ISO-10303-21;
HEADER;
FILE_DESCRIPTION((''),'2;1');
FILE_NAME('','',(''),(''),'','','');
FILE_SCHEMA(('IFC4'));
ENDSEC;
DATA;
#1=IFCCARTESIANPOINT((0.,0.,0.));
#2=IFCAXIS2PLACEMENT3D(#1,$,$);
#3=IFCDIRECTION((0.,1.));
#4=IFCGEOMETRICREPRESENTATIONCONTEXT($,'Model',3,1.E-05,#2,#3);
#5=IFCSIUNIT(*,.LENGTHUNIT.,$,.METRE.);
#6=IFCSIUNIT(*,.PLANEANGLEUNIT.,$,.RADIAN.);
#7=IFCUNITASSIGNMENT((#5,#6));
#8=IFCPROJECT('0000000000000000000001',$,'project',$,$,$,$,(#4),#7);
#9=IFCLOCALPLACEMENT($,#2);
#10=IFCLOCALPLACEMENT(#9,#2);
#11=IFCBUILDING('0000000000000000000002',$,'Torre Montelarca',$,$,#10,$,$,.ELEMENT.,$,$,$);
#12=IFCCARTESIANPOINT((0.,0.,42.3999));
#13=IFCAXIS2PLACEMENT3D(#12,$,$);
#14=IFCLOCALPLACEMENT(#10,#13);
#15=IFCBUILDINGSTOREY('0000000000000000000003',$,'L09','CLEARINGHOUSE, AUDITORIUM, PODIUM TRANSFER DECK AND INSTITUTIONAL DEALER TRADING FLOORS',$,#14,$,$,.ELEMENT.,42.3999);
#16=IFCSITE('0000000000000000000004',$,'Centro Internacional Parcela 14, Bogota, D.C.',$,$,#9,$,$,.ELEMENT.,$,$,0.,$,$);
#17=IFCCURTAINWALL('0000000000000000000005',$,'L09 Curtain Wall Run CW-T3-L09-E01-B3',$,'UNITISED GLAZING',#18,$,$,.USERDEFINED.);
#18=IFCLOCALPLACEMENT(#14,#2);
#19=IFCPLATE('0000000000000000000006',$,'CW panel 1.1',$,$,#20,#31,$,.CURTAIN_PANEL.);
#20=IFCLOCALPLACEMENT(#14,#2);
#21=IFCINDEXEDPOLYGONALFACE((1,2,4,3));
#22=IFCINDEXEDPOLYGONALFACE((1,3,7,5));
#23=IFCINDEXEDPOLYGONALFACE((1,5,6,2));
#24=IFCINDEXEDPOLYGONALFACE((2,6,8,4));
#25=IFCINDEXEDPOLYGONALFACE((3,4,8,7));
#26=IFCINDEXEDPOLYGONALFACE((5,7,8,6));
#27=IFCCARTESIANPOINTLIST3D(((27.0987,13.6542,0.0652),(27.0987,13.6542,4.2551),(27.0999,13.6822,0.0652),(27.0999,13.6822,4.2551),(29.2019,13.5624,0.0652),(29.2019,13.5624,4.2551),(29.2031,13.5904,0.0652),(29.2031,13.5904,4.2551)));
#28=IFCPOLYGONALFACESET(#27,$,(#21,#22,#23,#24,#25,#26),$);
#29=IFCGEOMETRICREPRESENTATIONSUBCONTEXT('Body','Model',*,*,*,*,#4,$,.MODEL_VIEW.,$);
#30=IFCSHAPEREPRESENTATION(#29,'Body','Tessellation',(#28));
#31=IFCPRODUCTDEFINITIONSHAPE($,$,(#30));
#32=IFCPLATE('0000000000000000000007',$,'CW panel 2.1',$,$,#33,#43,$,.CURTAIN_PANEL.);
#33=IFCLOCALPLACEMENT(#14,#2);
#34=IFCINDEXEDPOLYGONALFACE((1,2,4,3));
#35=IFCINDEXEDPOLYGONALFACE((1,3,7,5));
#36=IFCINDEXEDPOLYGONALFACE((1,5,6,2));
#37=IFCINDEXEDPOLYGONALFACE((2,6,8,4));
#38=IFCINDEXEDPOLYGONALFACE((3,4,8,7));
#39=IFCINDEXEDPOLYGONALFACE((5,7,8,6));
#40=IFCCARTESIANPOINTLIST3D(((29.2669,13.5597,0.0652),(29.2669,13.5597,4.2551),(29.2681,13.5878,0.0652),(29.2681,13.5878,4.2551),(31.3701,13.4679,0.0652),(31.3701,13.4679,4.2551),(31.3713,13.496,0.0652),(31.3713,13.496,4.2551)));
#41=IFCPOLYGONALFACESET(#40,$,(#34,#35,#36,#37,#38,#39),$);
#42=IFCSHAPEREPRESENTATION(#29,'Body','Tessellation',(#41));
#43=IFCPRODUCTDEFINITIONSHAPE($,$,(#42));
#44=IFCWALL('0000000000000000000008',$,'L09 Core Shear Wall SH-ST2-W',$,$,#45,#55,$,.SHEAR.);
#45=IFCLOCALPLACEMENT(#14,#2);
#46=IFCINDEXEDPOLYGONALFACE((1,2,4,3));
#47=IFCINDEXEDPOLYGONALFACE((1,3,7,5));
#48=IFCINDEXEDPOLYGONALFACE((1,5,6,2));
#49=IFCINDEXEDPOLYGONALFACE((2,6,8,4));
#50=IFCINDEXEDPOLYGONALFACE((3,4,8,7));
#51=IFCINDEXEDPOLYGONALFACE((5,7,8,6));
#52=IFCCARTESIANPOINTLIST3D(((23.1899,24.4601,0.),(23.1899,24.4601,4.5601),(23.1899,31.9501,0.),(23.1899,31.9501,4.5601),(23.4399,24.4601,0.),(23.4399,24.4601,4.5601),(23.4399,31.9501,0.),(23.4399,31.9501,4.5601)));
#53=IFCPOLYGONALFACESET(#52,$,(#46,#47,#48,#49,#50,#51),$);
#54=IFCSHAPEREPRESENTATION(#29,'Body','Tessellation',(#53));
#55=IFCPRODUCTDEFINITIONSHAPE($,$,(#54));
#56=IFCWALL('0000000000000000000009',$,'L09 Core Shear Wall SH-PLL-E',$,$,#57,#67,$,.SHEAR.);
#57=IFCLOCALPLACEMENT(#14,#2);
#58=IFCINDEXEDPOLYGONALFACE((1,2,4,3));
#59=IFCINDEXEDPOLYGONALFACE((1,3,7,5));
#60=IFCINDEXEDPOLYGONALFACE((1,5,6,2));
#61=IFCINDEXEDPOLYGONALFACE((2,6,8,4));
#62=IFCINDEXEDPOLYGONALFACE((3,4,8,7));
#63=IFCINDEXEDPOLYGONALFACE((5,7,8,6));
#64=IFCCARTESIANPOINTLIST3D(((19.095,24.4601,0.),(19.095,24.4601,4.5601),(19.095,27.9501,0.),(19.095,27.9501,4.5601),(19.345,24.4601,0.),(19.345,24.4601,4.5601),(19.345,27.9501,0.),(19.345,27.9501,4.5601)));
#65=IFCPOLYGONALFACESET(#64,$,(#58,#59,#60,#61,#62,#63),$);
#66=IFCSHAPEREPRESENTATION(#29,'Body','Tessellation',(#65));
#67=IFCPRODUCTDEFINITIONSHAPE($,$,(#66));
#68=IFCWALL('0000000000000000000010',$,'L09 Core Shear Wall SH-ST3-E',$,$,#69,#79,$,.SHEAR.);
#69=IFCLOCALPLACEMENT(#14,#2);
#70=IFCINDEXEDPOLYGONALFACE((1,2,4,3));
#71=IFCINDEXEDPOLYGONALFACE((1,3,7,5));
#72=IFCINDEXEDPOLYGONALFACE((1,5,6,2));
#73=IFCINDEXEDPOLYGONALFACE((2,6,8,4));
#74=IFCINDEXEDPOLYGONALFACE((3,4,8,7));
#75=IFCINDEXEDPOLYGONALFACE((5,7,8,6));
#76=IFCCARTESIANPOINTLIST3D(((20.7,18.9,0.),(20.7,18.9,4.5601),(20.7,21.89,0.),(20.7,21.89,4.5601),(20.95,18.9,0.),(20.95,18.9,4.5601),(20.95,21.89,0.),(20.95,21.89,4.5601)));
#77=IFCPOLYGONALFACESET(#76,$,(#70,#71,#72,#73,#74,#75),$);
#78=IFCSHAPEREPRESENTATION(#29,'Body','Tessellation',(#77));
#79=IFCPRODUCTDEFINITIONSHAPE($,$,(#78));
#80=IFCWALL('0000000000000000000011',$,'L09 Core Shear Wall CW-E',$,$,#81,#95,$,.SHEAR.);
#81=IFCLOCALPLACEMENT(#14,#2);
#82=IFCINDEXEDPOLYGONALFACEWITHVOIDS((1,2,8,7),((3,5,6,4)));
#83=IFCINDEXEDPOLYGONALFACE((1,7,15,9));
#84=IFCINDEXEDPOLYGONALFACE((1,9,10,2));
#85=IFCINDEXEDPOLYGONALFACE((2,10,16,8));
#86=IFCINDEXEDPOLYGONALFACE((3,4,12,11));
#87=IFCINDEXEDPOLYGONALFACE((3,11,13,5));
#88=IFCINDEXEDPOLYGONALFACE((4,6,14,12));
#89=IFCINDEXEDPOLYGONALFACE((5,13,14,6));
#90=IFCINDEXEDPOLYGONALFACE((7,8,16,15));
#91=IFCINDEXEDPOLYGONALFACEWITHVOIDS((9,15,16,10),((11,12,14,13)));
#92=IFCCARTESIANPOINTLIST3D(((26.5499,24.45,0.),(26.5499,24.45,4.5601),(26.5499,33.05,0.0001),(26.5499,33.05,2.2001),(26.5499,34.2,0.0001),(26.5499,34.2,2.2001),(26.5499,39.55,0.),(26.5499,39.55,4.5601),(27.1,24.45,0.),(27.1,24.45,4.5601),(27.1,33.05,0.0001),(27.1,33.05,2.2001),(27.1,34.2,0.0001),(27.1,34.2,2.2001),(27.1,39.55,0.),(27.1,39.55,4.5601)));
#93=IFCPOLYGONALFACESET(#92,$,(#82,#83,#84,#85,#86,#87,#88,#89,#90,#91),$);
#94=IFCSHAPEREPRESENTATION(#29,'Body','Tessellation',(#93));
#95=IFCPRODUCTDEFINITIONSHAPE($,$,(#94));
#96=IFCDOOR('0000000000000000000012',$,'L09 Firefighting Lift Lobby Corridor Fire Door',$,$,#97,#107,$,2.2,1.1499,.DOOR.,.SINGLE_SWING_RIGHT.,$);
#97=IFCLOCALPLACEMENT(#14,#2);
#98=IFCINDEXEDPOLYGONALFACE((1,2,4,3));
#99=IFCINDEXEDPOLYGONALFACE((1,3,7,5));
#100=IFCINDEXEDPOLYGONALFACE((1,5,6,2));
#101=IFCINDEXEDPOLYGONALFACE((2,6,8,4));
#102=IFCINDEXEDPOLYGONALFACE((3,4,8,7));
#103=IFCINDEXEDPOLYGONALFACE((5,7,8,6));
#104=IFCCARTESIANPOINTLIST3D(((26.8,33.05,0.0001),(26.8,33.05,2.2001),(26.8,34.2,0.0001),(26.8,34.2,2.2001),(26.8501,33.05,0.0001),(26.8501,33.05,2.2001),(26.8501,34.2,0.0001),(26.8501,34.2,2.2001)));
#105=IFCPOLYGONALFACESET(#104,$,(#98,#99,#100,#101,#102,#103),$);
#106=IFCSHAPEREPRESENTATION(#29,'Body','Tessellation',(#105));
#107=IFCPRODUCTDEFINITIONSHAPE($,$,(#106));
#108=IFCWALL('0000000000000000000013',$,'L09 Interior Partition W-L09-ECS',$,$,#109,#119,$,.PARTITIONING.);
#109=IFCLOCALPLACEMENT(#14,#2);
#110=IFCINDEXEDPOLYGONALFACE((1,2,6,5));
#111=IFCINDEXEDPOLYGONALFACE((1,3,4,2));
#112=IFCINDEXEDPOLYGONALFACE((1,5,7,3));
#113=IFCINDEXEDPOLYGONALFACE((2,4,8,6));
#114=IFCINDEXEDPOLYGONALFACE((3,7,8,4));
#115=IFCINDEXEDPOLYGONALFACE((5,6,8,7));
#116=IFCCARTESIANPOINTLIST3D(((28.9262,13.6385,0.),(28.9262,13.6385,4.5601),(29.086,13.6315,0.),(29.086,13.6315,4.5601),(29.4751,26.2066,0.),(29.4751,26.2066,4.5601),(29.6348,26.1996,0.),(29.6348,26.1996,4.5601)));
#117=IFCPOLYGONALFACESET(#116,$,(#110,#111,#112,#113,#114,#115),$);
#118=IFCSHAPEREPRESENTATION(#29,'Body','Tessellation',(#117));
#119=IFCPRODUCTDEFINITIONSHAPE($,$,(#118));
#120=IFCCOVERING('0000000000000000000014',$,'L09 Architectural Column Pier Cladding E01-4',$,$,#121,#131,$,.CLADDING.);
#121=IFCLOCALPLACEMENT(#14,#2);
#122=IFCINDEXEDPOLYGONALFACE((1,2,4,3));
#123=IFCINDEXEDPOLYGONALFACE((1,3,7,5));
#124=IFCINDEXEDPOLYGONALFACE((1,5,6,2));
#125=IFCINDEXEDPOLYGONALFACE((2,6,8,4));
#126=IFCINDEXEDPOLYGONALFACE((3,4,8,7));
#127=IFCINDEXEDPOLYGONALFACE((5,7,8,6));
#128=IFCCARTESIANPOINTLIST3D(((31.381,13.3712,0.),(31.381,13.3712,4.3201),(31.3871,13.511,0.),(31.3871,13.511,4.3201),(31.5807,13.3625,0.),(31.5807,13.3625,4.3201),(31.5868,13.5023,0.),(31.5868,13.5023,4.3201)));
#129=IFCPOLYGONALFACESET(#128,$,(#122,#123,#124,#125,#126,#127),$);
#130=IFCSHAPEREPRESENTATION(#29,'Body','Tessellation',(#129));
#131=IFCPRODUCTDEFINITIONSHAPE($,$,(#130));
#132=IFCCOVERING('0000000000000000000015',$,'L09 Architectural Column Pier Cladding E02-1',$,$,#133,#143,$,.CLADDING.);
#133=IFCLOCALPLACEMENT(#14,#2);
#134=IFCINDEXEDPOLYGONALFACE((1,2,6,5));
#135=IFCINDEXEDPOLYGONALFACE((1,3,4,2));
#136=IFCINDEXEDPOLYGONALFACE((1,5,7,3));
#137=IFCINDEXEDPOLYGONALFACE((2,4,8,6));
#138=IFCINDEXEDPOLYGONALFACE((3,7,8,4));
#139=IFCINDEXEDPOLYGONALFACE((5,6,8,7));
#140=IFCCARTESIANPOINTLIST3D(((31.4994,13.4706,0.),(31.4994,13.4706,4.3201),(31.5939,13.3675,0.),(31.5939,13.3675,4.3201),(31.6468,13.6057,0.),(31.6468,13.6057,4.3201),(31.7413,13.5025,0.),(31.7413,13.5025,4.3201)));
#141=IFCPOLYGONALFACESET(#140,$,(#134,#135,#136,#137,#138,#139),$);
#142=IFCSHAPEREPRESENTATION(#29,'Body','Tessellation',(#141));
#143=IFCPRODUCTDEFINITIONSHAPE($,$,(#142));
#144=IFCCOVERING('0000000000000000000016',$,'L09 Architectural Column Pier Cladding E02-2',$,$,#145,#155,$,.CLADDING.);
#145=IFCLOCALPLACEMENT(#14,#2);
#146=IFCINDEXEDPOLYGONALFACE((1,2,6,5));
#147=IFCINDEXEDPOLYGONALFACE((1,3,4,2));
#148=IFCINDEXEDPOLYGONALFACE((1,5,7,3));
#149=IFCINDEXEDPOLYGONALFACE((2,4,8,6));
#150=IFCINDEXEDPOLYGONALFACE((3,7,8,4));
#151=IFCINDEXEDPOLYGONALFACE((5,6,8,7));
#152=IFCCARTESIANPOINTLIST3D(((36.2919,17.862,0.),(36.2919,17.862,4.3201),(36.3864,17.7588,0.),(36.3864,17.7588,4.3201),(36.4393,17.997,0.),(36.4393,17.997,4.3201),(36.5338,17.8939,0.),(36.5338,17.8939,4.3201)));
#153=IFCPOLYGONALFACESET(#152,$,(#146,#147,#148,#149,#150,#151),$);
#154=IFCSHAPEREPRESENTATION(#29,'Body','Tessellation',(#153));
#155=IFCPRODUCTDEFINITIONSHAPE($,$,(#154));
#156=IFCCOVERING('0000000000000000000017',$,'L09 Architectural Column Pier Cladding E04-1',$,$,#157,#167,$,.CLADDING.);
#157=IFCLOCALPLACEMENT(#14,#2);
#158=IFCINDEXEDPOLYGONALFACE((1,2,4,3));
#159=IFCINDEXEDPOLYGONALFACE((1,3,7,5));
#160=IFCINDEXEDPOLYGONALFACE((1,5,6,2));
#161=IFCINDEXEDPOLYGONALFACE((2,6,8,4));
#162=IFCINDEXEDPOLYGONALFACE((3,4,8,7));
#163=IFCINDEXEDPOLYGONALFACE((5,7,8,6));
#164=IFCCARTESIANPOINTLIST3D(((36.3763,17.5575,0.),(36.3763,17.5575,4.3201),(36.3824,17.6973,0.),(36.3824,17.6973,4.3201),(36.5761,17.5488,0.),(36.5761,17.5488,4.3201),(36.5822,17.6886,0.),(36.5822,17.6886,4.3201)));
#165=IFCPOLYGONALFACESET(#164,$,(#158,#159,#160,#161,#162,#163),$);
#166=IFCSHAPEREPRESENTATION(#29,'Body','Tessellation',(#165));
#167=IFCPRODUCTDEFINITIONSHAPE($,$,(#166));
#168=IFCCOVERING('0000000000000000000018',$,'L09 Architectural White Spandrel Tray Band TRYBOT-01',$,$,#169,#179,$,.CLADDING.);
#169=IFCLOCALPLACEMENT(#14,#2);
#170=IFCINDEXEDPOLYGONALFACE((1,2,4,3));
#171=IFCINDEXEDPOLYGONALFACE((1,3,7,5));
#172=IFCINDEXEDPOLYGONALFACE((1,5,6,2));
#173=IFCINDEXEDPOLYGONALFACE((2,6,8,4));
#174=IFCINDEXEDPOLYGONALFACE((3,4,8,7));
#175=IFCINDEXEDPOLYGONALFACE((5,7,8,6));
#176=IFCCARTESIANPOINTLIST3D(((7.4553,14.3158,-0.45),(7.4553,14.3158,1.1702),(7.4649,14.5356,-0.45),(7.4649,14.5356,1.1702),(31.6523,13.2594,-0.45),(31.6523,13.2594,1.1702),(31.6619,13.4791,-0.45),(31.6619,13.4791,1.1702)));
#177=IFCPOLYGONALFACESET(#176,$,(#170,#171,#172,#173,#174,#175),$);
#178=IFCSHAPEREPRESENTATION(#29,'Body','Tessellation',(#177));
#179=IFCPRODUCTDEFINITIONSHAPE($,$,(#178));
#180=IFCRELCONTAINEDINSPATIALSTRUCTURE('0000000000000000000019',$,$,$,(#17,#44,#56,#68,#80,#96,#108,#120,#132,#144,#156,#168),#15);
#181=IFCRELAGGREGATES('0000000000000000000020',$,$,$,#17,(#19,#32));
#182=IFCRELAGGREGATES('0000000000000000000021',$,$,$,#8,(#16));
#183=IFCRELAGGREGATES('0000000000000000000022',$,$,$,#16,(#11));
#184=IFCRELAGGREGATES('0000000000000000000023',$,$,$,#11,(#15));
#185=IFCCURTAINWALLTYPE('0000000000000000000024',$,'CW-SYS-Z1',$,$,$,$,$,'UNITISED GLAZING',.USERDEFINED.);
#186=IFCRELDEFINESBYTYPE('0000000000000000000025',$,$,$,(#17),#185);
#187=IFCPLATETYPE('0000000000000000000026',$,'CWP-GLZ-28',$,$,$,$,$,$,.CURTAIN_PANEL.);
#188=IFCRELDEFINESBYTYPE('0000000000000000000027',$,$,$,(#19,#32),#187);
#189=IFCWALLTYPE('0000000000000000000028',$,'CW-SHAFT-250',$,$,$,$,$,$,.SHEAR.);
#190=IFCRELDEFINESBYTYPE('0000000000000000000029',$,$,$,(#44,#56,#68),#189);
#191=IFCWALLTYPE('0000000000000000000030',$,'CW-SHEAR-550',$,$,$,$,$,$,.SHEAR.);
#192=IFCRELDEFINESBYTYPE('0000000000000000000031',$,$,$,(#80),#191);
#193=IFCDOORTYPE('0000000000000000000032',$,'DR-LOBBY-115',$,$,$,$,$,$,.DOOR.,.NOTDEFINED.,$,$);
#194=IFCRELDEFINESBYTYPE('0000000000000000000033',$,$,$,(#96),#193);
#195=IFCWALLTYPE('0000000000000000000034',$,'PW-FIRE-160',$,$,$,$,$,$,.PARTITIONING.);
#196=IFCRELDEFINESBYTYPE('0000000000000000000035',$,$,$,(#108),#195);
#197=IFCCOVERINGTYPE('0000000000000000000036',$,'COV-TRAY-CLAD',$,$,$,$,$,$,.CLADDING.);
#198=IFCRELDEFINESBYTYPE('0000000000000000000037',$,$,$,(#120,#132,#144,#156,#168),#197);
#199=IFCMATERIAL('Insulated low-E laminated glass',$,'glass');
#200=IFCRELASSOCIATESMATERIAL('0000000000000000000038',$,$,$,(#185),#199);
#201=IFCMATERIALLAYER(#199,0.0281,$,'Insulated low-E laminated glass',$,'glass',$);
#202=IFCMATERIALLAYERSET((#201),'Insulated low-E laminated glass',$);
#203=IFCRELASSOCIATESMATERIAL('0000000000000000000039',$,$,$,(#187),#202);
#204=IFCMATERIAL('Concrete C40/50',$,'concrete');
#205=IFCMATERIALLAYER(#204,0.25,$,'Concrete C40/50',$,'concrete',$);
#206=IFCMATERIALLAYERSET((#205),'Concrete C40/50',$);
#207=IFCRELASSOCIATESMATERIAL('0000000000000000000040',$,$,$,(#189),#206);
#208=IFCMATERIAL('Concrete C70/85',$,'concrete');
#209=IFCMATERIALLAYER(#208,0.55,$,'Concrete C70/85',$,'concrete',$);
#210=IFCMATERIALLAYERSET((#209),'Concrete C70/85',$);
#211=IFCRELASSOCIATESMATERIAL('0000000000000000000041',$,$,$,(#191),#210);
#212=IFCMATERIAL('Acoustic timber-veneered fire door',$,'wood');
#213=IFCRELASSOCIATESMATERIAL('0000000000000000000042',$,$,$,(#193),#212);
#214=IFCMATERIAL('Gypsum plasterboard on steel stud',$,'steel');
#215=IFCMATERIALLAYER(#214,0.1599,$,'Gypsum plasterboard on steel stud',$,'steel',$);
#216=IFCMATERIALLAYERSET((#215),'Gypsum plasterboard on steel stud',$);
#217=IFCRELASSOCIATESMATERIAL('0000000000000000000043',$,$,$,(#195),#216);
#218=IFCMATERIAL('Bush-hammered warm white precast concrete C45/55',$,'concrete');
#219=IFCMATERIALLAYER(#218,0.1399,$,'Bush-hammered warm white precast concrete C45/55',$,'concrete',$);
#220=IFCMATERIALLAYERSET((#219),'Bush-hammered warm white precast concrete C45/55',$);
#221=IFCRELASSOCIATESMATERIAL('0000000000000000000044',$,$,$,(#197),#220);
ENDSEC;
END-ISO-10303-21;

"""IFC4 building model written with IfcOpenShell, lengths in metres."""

from ifc_helpers import new_model, si_unit, direction, frame, frame_2d, origin, origin_2d, place, context, subcontext, project, spatial, rectangle, extrude, source, transform, mapped, material, layer, layer_set, type_object, element, fill, aggregate, save


model = new_model("IFC4")

# Units and contexts
model_context = context("Model", 3, precision=1e-05, world=origin(), true_north=direction((0.0, 1.0)))
body_context = subcontext(model_context, "Body", "Model", "MODEL_VIEW")
ifc_project = project(units=[si_unit("LENGTHUNIT", "METRE"), si_unit("PLANEANGLEUNIT", "RADIAN")], contexts=[model_context])

# Site, building, storey
site_placement = place(None, origin())
site = spatial("IfcSite", under=ifc_project, at=site_placement, Name="Centro Internacional Parcela 14, Bogota, D.C.", CompositionType="ELEMENT", RefElevation=0.0)
building_placement = place(site_placement, origin())
building = spatial("IfcBuilding", under=site, at=building_placement, Name="Torre Montelarca", CompositionType="ELEMENT")
storey_placement = place(building_placement, frame((0.0, 0.0, 42.3999)))
storey = spatial("IfcBuildingStorey", under=building, at=storey_placement, Name="L09", Description="CLEARINGHOUSE, AUDITORIUM, PODIUM TRANSFER DECK AND INSTITUTIONAL DEALER TRADING FLOORS", CompositionType="ELEMENT", Elevation=42.3999)

# Shared definitions
ifc_material_1 = material(Name="Concrete C70/85", Category="concrete")

# Curtain wall
ifc_material_2 = material(Name="Insulated low-E laminated glass", Category="glass")
curtain_wall_type = type_object("IfcCurtainWallType", Name="CW-SYS-Z1", ElementType="UNITISED GLAZING", PredefinedType="USERDEFINED", material=ifc_material_2)
curtain_wall_1_placement = place(storey_placement, origin())
curtain_wall_1 = element("IfcCurtainWall", 1, at=curtain_wall_1_placement, inside=storey, type_object=curtain_wall_type, Name="L09 Curtain Wall Run CW-T3-L09-E01-B3", ObjectType="UNITISED GLAZING", PredefinedType="USERDEFINED")

# Plates
ifc_layer_1 = layer(ifc_material_2, 0.0281, Name="Insulated low-E laminated glass", Category="glass")
ifc_layer_set_1 = layer_set([ifc_layer_1], Name="Insulated low-E laminated glass")
plate_type = type_object("IfcPlateType", Name="CWP-GLZ-28", PredefinedType="CURTAIN_PANEL", material=ifc_layer_set_1)
shared_shape_1 = source(origin(), body_context, "Body", "SweptSolid", [
    extrude(rectangle(XDim=2.1052, YDim=0.0281, at=origin_2d()), origin(), (0.0, 0.0, 1.0), 4.1899),
])
plate_1_placement = place(storey_placement, frame((28.1509, 13.6223, 0.0652), z_axis=(0.0, 0.0, 1.0), x_axis=(0.999049, -0.043603, 0.0)))
plate_1 = element("IfcPlate", 2, at=plate_1_placement, type_object=plate_type, Name="CW panel 1.1", PredefinedType="CURTAIN_PANEL", context=body_context, shape_type="MappedRepresentation", body=[
    mapped(shared_shape_1, transform((0.0, 0.0, 0.0), scale=1.0)),
])
plate_2_placement = place(storey_placement, frame((30.3191, 13.5278, 0.0652), z_axis=(0.0, 0.0, 1.0), x_axis=(0.999049, -0.043603, 0.0)))
plate_2 = element("IfcPlate", 3, at=plate_2_placement, type_object=plate_type, Name="CW panel 2.1", PredefinedType="CURTAIN_PANEL", context=body_context, shape_type="MappedRepresentation", body=[
    mapped(shared_shape_1, transform((0.0, 0.0, 0.0), scale=1.0)),
])
aggregate(curtain_wall_1, [plate_1, plate_2])

# Walls
ifc_material_3 = material(Name="Concrete C40/50", Category="concrete")
ifc_layer_2 = layer(ifc_material_3, 0.25, Name="Concrete C40/50", Category="concrete")
ifc_layer_set_2 = layer_set([ifc_layer_2], Name="Concrete C40/50")
wall_type_1 = type_object("IfcWallType", Name="CW-SHAFT-250", PredefinedType="SHEAR", material=ifc_layer_set_2)
wall_1_placement = place(storey_placement, frame((23.3149, 24.46, 0.0), z_axis=(0.0, 0.0, 1.0), x_axis=(0.0, 1.0, 0.0)))
element("IfcWall", 4, at=wall_1_placement, inside=storey, type_object=wall_type_1, Name="L09 Core Shear Wall SH-ST2-W", PredefinedType="SHEAR", context=body_context, shape_type="SweptSolid", body=[
    extrude(rectangle(XDim=7.49, YDim=0.25, at=frame_2d((3.7451, 0.0))), origin(), (0.0, 0.0, 1.0), 4.5601),
])
wall_2_placement = place(storey_placement, frame((19.22, 24.46, 0.0), z_axis=(0.0, 0.0, 1.0), x_axis=(0.0, 1.0, 0.0)))
element("IfcWall", 5, at=wall_2_placement, inside=storey, type_object=wall_type_1, Name="L09 Core Shear Wall SH-PLL-E", PredefinedType="SHEAR", context=body_context, shape_type="SweptSolid", body=[
    extrude(rectangle(XDim=3.49, YDim=0.25, at=frame_2d((1.7451, 0.0))), origin(), (0.0, 0.0, 1.0), 4.5601),
])
wall_3_placement = place(storey_placement, frame((20.825, 18.8999, 0.0), z_axis=(0.0, 0.0, 1.0), x_axis=(0.0, 1.0, 0.0)))
element("IfcWall", 6, at=wall_3_placement, inside=storey, type_object=wall_type_1, Name="L09 Core Shear Wall SH-ST3-E", PredefinedType="SHEAR", context=body_context, shape_type="SweptSolid", body=[
    extrude(rectangle(XDim=2.99, YDim=0.25, at=frame_2d((1.4951, 0.0))), origin(), (0.0, 0.0, 1.0), 4.5601),
])

# Wall, opening, door
ifc_layer_3 = layer(ifc_material_1, 0.55, Name="Concrete C70/85", Category="concrete")
ifc_layer_set_3 = layer_set([ifc_layer_3], Name="Concrete C70/85")
wall_type_2 = type_object("IfcWallType", Name="CW-SHEAR-550", PredefinedType="SHEAR", material=ifc_layer_set_3)
wall_4_placement = place(storey_placement, frame((26.825, 24.45, 0.0), z_axis=(0.0, 0.0, 1.0), x_axis=(0.0, 1.0, 0.0)))
wall_4 = element("IfcWall", 7, at=wall_4_placement, inside=storey, type_object=wall_type_2, Name="L09 Core Shear Wall CW-E", PredefinedType="SHEAR", context=body_context, shape_type="SweptSolid", body=[
    extrude(rectangle(XDim=15.1001, YDim=0.55, at=frame_2d((7.55, 0.0))), origin(), (0.0, 0.0, 1.0), 4.5601),
])
opening_placement = place(wall_4_placement, frame((8.6001, 0.0, 0.0)))
opening = element("IfcOpeningElement", 8, at=opening_placement, cuts=wall_4, PredefinedType="OPENING", context=body_context, shape_type="SweptSolid", body=[
    extrude(rectangle(XDim=1.1499, YDim=2.2, at=frame_2d((0.575, 1.1001))), frame((0.0, 0.2852, 0.0), z_axis=(0.0, -1.0, 0.0), x_axis=(1.0, 0.0, 0.0)), (0.0, 0.0, 1.0), 0.5701),
])
ifc_material_4 = material(Name="Acoustic timber-veneered fire door", Category="wood")
door_type = type_object("IfcDoorType", Name="DR-LOBBY-115", OperationType="NOTDEFINED", PredefinedType="DOOR", material=ifc_material_4)
shared_shape_2 = source(origin(), body_context, "Body", "SweptSolid", [
    extrude(rectangle(XDim=1.1499, YDim=2.2, at=frame_2d((0.575, 1.1001))), frame((0.0, 0.0249, 0.0), z_axis=(0.0, -1.0, 0.0), x_axis=(1.0, 0.0, 0.0)), (0.0, 0.0, 1.0), 0.05),
])
door_placement = place(opening_placement, origin())
door = element("IfcDoor", 9, at=door_placement, inside=storey, type_object=door_type, Name="L09 Firefighting Lift Lobby Corridor Fire Door", OperationType="SINGLE_SWING_RIGHT", OverallHeight=2.2, OverallWidth=1.1499, PredefinedType="DOOR", context=body_context, shape_type="MappedRepresentation", body=[
    mapped(shared_shape_2, transform((0.0, 0.0, 0.0), scale=1.0)),
])
fill(opening, door)

# Wall
ifc_material_5 = material(Name="Gypsum plasterboard on steel stud", Category="steel")
ifc_layer_4 = layer(ifc_material_5, 0.1599, Name="Gypsum plasterboard on steel stud", Category="steel")
ifc_layer_set_4 = layer_set([ifc_layer_4], Name="Gypsum plasterboard on steel stud")
wall_type_3 = type_object("IfcWallType", Name="PW-FIRE-160", PredefinedType="PARTITIONING", material=ifc_layer_set_4)
wall_5_placement = place(storey_placement, frame((29.0061, 13.635, 0.0), z_axis=(0.0, 0.0, 1.0), x_axis=(0.043627, 0.999048, 0.0)))
element("IfcWall", 10, at=wall_5_placement, inside=storey, type_object=wall_type_3, Name="L09 Interior Partition W-L09-ECS", PredefinedType="PARTITIONING", context=body_context, shape_type="SweptSolid", body=[
    extrude(rectangle(XDim=12.5801, YDim=0.1599, at=frame_2d((6.29, 0.0))), origin(), (0.0, 0.0, 1.0), 4.5601),
])

# Coverings
ifc_material_6 = material(Name="Bush-hammered warm white precast concrete C45/55", Category="concrete")
ifc_layer_5 = layer(ifc_material_6, 0.1399, Name="Bush-hammered warm white precast concrete C45/55", Category="concrete")
ifc_layer_set_5 = layer_set([ifc_layer_5], Name="Bush-hammered warm white precast concrete C45/55")
covering_type = type_object("IfcCoveringType", Name="COV-TRAY-CLAD", PredefinedType="CLADDING", material=ifc_layer_set_5)
shared_shape_3 = source(origin(), body_context, "Body", "SweptSolid", [
    extrude(rectangle(XDim=0.2, YDim=0.1399, at=origin_2d()), origin(), (0.0, 0.0, 1.0), 4.3201),
])
for number, where, z_axis, x_axis, name in (
    (11, (31.4839, 13.4368, 0.0), (0.0, 0.0, 1.0), (0.999048, -0.043619, 0.0), "L09 Architectural Column Pier Cladding E01-4"),
    (12, (31.6204, 13.4866, 0.0), (0.0, 0.0, 1.0), (0.737281, 0.675586, 0.0), "L09 Architectural Column Pier Cladding E02-1"),
    (13, (36.4128, 17.8779, 0.0), (0.0, 0.0, 1.0), (0.737281, 0.675586, 0.0), "L09 Architectural Column Pier Cladding E02-2"),
    (14, (36.4792, 17.623, 0.0), (0.0, 0.0, 1.0), (0.999048, -0.043621, 0.0), "L09 Architectural Column Pier Cladding E04-1"),
):
    element("IfcCovering", number, at=place(storey_placement, frame(where, z_axis=z_axis, x_axis=x_axis)), inside=storey, type_object=covering_type, Name=name, PredefinedType="CLADDING", context=body_context, shape_type="MappedRepresentation", body=[
        mapped(shared_shape_3, transform((0.0, 0.0, 0.0), scale=1.0)),
    ])
shared_shape_4 = source(origin(), body_context, "Body", "SweptSolid", [
    extrude(rectangle(XDim=24.22, YDim=0.22, at=origin_2d()), origin(), (0.0, 0.0, 1.0), 1.6201),
])
covering_1_placement = place(storey_placement, frame((19.5586, 13.8975, -0.45), z_axis=(0.0, 0.0, 1.0), x_axis=(0.999048, -0.043618, 0.0)))
element("IfcCovering", 15, at=covering_1_placement, inside=storey, type_object=covering_type, Name="L09 Architectural White Spandrel Tray Band TRYBOT-01", PredefinedType="CLADDING", context=body_context, shape_type="MappedRepresentation", body=[
    mapped(shared_shape_4, transform((0.0, 0.0, 0.0), scale=1.0)),
])

save(model, "model.ifc")
